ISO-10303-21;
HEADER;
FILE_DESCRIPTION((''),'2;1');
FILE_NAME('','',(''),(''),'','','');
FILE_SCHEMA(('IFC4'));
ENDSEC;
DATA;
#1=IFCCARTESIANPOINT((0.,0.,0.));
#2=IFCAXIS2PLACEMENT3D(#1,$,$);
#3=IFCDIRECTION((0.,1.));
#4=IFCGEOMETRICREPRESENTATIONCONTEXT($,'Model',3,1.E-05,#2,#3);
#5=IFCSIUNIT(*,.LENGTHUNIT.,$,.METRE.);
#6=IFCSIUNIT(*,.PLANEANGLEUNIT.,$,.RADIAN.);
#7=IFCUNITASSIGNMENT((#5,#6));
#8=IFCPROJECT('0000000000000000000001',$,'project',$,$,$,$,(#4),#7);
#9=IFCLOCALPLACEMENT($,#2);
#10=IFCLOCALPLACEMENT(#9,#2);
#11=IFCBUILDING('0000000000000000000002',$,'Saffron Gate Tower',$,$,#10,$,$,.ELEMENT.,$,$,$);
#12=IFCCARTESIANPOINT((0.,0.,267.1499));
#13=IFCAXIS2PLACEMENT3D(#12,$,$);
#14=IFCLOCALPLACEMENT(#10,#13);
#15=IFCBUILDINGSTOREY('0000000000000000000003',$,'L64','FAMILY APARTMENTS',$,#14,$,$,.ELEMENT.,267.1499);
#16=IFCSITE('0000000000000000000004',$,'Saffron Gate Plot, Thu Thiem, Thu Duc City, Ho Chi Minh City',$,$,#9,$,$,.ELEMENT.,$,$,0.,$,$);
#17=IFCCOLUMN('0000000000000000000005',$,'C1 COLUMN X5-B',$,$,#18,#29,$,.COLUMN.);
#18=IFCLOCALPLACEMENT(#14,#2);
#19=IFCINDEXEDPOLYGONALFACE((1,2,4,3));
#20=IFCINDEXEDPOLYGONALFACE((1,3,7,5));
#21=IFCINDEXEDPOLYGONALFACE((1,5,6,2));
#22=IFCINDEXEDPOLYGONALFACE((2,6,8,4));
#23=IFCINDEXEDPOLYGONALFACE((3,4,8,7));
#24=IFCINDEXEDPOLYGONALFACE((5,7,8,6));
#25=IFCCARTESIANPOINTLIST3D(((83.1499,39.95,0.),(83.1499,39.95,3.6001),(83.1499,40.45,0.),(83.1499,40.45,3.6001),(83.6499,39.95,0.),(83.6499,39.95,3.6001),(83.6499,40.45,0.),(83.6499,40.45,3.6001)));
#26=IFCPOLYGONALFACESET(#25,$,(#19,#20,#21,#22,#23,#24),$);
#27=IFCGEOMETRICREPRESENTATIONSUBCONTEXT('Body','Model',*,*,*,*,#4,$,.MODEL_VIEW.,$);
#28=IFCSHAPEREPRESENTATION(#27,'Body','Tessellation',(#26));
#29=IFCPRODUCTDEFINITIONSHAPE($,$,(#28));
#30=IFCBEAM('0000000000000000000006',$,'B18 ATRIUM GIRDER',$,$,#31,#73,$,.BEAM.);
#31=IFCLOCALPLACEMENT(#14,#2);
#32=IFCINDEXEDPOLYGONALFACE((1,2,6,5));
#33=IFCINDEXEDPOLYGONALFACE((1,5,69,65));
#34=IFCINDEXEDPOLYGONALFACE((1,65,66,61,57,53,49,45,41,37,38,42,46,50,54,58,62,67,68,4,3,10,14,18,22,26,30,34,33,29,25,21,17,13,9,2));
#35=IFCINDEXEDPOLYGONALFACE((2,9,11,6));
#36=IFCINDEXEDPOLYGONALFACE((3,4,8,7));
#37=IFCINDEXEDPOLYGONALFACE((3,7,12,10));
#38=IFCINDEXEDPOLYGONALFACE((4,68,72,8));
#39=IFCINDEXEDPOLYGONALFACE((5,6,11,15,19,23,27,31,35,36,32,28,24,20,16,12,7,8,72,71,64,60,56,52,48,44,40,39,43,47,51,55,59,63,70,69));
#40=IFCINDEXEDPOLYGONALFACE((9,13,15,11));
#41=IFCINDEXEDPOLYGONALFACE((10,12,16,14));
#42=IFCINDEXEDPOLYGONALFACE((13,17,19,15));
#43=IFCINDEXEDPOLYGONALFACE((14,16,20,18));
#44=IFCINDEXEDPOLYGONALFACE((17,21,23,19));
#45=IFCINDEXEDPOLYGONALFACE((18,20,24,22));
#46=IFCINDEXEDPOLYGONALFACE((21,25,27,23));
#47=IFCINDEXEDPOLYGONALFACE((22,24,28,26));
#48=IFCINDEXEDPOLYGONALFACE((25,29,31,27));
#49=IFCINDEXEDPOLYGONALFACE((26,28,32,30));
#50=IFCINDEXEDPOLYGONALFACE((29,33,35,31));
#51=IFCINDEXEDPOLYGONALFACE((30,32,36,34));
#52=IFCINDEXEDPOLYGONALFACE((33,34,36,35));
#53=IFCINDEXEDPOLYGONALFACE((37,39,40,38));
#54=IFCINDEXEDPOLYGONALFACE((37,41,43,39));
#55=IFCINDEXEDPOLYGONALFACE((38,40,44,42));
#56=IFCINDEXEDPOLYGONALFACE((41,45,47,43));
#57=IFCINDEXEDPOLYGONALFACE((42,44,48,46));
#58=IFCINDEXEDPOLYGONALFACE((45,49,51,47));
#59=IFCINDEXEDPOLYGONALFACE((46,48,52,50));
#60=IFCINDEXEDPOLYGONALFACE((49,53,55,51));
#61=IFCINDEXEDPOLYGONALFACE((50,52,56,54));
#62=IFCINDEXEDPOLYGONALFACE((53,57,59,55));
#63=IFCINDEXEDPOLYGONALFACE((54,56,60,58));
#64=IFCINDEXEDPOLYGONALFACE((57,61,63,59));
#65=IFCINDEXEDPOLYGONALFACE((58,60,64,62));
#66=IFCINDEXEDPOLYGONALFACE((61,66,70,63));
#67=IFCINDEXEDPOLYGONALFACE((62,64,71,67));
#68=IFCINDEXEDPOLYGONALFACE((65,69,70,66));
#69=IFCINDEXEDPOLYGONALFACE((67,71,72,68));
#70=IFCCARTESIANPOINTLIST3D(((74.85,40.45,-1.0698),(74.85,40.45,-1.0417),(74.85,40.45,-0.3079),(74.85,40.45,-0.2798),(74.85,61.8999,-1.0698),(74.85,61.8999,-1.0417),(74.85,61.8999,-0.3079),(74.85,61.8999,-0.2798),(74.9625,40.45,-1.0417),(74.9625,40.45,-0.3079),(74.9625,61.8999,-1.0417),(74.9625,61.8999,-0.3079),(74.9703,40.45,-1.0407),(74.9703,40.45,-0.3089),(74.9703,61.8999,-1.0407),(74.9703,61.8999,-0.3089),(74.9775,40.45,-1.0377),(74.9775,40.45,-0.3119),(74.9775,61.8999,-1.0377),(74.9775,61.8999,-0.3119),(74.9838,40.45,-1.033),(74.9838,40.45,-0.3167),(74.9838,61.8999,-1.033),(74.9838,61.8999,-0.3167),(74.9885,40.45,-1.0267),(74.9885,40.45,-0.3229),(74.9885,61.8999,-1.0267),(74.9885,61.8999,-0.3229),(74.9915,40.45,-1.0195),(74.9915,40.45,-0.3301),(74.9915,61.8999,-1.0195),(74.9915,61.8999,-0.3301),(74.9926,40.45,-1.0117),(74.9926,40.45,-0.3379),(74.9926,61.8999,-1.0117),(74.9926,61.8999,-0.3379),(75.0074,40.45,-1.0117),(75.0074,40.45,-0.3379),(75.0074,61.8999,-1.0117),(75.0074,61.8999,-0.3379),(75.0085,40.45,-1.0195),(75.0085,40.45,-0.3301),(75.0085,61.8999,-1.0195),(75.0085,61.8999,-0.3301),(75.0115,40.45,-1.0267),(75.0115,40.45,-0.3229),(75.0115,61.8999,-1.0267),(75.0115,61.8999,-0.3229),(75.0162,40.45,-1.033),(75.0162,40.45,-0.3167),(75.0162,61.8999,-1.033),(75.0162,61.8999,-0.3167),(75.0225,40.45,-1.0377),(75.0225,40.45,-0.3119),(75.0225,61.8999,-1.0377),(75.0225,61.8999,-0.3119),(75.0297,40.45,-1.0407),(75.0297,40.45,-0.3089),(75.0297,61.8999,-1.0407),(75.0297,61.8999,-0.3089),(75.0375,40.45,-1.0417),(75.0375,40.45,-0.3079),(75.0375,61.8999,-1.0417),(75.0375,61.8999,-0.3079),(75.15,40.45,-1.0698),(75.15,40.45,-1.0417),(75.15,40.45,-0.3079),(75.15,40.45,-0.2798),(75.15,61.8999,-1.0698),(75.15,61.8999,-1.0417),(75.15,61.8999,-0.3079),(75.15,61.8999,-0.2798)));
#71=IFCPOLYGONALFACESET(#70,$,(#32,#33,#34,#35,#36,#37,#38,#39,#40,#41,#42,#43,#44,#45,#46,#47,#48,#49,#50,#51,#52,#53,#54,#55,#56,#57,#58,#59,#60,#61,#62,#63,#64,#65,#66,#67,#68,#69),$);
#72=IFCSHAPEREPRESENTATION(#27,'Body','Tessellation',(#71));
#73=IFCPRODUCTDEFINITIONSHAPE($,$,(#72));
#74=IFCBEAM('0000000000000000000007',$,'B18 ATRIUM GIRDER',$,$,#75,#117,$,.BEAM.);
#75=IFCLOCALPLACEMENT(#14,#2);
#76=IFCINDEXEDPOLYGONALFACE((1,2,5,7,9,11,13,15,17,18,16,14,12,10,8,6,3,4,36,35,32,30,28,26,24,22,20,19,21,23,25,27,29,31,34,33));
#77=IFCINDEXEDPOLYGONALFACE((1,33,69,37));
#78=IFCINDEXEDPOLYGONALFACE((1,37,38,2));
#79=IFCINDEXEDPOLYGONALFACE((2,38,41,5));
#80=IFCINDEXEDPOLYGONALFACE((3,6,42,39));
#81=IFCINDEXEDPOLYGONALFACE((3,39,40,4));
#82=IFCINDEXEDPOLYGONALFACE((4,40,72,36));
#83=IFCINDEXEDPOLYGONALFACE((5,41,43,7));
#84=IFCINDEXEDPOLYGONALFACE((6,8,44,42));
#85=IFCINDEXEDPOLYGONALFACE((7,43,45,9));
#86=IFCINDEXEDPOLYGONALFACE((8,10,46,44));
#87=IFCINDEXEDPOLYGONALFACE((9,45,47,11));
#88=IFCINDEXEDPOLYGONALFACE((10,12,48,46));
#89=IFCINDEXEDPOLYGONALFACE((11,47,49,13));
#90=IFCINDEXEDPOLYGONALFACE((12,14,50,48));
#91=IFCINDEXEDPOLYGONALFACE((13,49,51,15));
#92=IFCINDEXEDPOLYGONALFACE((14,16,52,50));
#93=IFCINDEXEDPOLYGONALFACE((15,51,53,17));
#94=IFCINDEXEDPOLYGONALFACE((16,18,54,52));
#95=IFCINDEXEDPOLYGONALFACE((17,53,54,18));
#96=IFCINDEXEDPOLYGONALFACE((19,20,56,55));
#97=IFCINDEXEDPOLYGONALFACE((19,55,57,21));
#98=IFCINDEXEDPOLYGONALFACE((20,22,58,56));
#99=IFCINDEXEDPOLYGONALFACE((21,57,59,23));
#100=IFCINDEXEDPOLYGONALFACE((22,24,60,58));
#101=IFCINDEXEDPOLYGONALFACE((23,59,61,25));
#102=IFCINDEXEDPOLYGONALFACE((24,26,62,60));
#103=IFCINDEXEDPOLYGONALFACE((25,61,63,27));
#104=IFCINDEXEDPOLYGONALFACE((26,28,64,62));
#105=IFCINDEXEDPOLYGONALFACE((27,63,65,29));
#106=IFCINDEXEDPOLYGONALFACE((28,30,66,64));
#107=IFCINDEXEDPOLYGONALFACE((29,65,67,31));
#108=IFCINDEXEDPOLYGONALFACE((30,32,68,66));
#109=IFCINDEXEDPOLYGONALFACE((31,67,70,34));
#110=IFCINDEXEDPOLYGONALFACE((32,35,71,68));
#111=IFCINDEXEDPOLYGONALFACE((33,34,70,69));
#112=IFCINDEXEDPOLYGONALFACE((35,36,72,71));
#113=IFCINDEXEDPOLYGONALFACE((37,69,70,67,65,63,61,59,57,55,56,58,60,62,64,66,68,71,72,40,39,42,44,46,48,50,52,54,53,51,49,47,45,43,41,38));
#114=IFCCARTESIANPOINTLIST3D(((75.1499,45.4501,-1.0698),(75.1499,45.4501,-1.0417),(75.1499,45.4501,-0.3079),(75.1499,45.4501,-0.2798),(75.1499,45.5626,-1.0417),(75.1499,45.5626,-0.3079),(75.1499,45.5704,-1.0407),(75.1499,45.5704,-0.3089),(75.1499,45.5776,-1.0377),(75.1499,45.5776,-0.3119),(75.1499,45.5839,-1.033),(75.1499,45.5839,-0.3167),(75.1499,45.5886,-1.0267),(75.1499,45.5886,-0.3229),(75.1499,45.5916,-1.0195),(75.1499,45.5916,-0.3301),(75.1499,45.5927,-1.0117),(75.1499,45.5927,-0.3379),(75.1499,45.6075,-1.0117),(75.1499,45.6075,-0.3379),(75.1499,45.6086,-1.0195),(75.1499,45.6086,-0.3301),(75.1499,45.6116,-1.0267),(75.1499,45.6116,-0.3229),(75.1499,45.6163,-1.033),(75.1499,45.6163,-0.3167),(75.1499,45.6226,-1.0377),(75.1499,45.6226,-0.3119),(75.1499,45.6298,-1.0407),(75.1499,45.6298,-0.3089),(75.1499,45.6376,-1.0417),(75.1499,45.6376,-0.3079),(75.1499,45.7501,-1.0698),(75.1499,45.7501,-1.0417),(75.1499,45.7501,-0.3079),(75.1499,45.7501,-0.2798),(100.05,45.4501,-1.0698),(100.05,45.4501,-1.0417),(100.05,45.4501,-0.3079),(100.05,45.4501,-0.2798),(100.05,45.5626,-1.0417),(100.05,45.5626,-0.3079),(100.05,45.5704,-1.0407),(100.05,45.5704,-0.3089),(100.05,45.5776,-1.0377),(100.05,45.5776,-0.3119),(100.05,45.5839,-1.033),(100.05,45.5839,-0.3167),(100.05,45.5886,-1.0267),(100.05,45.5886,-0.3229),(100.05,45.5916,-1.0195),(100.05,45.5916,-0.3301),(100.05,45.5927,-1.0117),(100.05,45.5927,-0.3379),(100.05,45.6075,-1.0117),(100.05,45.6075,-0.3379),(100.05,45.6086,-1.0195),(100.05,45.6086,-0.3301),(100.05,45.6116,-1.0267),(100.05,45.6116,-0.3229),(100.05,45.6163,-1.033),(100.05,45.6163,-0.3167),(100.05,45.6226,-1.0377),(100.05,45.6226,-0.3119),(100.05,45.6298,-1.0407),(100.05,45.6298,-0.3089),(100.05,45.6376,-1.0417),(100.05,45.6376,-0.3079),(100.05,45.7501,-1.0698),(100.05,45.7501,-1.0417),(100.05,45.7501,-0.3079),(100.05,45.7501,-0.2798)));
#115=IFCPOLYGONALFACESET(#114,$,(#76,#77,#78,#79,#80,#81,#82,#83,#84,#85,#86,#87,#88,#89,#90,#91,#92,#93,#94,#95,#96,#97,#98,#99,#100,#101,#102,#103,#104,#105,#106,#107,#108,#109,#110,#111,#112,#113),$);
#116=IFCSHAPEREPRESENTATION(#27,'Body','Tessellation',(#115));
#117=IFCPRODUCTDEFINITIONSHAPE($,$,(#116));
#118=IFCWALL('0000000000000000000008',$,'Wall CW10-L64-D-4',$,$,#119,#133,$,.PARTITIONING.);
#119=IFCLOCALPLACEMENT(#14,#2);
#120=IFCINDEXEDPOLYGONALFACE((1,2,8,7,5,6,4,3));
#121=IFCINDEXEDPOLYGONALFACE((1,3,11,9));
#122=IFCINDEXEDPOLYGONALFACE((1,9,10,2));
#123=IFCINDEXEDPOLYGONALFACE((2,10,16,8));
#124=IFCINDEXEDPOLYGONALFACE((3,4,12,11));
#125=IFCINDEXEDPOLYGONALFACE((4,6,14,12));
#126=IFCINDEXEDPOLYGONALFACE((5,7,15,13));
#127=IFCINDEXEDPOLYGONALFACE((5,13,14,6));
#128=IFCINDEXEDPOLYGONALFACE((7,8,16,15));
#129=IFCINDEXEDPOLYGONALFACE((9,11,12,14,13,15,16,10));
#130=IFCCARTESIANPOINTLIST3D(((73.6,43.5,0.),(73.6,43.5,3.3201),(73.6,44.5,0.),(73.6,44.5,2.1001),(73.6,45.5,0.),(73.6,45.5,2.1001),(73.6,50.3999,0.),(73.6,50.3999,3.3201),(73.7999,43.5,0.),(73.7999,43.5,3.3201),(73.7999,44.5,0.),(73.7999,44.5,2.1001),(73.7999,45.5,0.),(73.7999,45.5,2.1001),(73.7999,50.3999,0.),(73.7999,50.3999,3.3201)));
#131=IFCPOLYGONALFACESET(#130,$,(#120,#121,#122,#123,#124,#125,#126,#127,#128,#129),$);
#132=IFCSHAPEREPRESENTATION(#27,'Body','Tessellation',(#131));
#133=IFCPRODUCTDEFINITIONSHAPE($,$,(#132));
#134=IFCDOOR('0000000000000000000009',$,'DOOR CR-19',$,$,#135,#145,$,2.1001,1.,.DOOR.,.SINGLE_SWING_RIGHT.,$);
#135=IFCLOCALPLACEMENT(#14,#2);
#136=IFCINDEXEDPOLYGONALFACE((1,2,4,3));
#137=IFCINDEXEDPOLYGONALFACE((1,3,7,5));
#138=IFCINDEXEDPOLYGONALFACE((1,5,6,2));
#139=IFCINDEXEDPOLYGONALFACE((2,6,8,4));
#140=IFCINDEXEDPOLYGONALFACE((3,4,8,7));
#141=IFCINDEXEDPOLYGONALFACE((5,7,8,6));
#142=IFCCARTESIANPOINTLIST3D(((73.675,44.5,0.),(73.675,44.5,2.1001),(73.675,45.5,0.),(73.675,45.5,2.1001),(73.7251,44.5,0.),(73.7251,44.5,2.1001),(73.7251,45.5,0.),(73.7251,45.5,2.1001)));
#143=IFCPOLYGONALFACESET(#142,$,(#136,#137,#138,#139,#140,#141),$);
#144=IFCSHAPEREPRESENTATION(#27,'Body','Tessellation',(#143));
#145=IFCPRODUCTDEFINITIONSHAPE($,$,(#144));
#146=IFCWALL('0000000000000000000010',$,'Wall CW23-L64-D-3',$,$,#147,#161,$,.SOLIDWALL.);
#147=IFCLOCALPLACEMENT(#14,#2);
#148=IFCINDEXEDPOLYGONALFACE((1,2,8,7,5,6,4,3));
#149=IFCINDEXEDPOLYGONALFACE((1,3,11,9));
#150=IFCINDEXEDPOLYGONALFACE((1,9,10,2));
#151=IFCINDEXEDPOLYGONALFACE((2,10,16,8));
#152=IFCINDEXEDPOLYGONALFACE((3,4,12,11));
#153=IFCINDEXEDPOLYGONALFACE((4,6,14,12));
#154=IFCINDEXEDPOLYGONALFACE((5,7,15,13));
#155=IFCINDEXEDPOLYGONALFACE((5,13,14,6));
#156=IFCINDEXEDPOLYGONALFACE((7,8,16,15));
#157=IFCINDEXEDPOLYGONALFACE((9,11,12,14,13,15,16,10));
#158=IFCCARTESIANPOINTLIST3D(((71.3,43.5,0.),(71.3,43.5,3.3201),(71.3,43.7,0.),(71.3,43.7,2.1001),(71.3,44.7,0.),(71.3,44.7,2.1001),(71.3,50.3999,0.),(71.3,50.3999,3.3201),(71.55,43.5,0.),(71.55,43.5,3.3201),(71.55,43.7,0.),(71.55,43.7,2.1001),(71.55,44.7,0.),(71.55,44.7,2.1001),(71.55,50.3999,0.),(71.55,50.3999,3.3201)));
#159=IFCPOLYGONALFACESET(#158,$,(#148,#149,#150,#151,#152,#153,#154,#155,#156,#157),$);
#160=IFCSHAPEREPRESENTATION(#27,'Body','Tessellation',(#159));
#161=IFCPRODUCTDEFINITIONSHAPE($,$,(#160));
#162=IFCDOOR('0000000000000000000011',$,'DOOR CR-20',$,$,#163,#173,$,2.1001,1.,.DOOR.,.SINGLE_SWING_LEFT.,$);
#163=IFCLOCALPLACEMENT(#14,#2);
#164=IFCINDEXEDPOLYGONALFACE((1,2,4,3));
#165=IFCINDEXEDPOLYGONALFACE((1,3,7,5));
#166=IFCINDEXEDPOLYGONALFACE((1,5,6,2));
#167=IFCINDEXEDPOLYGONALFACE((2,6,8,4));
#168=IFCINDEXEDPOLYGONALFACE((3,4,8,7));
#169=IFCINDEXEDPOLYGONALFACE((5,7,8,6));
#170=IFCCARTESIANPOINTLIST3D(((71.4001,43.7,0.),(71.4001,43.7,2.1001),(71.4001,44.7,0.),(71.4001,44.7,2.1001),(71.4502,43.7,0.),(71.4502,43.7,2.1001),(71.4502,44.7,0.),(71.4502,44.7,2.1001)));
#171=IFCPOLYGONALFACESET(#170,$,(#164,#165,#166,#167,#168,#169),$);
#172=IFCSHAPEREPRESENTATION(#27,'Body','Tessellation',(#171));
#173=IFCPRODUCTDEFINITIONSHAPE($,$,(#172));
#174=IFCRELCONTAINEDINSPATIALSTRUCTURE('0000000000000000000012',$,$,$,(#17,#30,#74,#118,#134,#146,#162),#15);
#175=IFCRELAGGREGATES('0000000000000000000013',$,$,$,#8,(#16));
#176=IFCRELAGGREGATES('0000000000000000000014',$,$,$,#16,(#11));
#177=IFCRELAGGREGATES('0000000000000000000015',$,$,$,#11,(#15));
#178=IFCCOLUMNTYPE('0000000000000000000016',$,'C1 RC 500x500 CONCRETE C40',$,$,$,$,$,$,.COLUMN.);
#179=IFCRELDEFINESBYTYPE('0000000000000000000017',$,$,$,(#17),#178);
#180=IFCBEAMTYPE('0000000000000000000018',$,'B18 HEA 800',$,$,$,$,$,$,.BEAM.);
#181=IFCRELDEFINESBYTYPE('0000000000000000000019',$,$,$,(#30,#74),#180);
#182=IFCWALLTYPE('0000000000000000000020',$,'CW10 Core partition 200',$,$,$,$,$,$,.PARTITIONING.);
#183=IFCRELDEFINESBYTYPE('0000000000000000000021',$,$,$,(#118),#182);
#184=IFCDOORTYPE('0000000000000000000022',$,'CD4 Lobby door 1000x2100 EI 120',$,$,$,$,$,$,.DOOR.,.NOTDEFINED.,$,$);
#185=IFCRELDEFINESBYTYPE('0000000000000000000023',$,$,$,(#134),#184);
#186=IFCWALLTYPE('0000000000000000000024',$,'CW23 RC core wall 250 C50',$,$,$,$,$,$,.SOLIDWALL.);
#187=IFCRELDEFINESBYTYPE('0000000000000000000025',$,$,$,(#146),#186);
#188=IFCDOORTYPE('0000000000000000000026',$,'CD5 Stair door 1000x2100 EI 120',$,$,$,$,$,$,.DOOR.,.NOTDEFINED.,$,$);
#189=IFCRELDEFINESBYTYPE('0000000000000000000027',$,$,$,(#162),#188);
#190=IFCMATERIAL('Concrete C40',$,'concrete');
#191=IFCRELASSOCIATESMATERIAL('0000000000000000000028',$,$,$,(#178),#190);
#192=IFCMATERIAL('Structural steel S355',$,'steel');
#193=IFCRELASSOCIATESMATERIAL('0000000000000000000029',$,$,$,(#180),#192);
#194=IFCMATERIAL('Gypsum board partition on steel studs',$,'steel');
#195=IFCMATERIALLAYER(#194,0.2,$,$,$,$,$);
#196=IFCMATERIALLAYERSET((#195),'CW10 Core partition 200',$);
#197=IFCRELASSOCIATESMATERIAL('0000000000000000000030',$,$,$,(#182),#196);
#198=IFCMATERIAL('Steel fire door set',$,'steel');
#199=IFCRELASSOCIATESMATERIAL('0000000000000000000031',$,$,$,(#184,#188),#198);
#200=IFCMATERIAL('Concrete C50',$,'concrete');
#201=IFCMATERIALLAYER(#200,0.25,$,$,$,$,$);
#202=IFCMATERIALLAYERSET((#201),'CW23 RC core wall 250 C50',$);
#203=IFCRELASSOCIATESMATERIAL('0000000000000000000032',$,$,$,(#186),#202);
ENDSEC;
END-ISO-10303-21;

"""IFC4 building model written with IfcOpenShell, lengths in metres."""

from ifc_helpers import new_model, si_unit, direction, frame, frame_2d, origin, origin_2d, place, context, subcontext, project, spatial, rectangle, i_section, extrude, material, layer, layer_set, material_profile, profile_set, type_object, element, fill, save


model = new_model("IFC4")

# Units and contexts
model_context = context("Model", 3, precision=1e-05, world=origin(), true_north=direction((0.0, 1.0)))
body_context = subcontext(model_context, "Body", "Model", "MODEL_VIEW")
ifc_project = project(units=[si_unit("LENGTHUNIT", "METRE"), si_unit("PLANEANGLEUNIT", "RADIAN")], contexts=[model_context])

# Site, building, storey
site_placement = place(None, origin())
site = spatial("IfcSite", under=ifc_project, at=site_placement, Name="Saffron Gate Plot, Thu Thiem, Thu Duc City, Ho Chi Minh City", CompositionType="ELEMENT", RefElevation=0.0)
building_placement = place(site_placement, origin())
building = spatial("IfcBuilding", under=site, at=building_placement, Name="Saffron Gate Tower", CompositionType="ELEMENT")
storey_placement = place(building_placement, frame((0.0, 0.0, 267.1499)))
storey = spatial("IfcBuildingStorey", under=building, at=storey_placement, Name="L64", Description="FAMILY APARTMENTS", CompositionType="ELEMENT", Elevation=267.1499)

# Column
ifc_material_1 = material(Name="Concrete C40", Category="concrete")
ifc_material_profile_1 = material_profile(ifc_material_1, rectangle(XDim=0.5, YDim=0.5, at=origin_2d()))
ifc_profile_set_1 = profile_set([ifc_material_profile_1], Name="Concrete C40")
column_type = type_object("IfcColumnType", Name="C1 RC 500x500 CONCRETE C40", PredefinedType="COLUMN", material=ifc_profile_set_1)
column_placement = place(storey_placement, frame((83.3999, 40.2, 0.0), z_axis=(0.0, 0.0, 1.0), x_axis=(1.0, 0.0, 0.0)))
element("IfcColumn", 1, at=column_placement, inside=storey, type_object=column_type, Name="C1 COLUMN X5-B", PredefinedType="COLUMN", context=body_context, shape_type="SweptSolid", body=[
    extrude(rectangle(XDim=0.5, YDim=0.5, at=origin_2d()), origin(), (0.0, 0.0, 1.0), 3.6001),
])

# Beams
ifc_material_2 = material(Name="Structural steel S355", Category="steel")
ifc_material_profile_2 = material_profile(ifc_material_2, i_section(OverallWidth=0.3, OverallDepth=0.79, WebThickness=0.0149, FlangeThickness=0.0281, FilletRadius=0.03, at=origin_2d()))
ifc_profile_set_2 = profile_set([ifc_material_profile_2], Name="Structural steel S355")
beam_type = type_object("IfcBeamType", Name="B18 HEA 800", PredefinedType="BEAM", material=ifc_profile_set_2)
beam_1_placement = place(storey_placement, frame((75.0, 40.45, -0.6748), z_axis=(0.0, 1.0, 0.0), x_axis=(-1.0, 0.0, 0.0)))
element("IfcBeam", 2, at=beam_1_placement, inside=storey, type_object=beam_type, Name="B18 ATRIUM GIRDER", PredefinedType="BEAM", context=body_context, shape_type="SweptSolid", body=[
    extrude(i_section(OverallWidth=0.3, OverallDepth=0.79, WebThickness=0.0149, FlangeThickness=0.0281, FilletRadius=0.03, at=origin_2d()), origin(), (0.0, 0.0, 1.0), 21.45),
])
beam_2_placement = place(storey_placement, frame((75.1499, 45.6001, -0.6748), z_axis=(1.0, 0.0, 0.0), x_axis=(0.0, 1.0, 0.0)))
element("IfcBeam", 3, at=beam_2_placement, inside=storey, type_object=beam_type, Name="B18 ATRIUM GIRDER", PredefinedType="BEAM", context=body_context, shape_type="SweptSolid", body=[
    extrude(i_section(OverallWidth=0.3, OverallDepth=0.79, WebThickness=0.0149, FlangeThickness=0.0281, FilletRadius=0.03, at=origin_2d()), origin(), (0.0, 0.0, 1.0), 24.9001),
])

# Walls, openings, doors
ifc_material_3 = material(Name="Gypsum board partition on steel studs", Category="steel")
ifc_layer_1 = layer(ifc_material_3, 0.2)
ifc_layer_set_1 = layer_set([ifc_layer_1], Name="CW10 Core partition 200")
wall_type_1 = type_object("IfcWallType", Name="CW10 Core partition 200", PredefinedType="PARTITIONING", material=ifc_layer_set_1)
wall_1_placement = place(storey_placement, frame((73.7, 43.5, 0.0), z_axis=(0.0, 0.0, 1.0), x_axis=(0.0, 1.0, 0.0)))
wall_1 = element("IfcWall", 4, at=wall_1_placement, inside=storey, type_object=wall_type_1, Name="Wall CW10-L64-D-4", PredefinedType="PARTITIONING", context=body_context, shape_type="SweptSolid", body=[
    extrude(rectangle(XDim=6.8999, YDim=0.2, at=frame_2d((3.45, 0.0))), origin(), (0.0, 0.0, 1.0), 3.3201),
])
opening_1_placement = place(wall_1_placement, frame((1.0, 0.0, 0.0)))
opening_1 = element("IfcOpeningElement", 5, at=opening_1_placement, cuts=wall_1, PredefinedType="OPENING", context=body_context, shape_type="SweptSolid", body=[
    extrude(rectangle(XDim=1.0, YDim=2.1001, at=frame_2d((0.5, 1.05))), frame((0.0, 0.1099, 0.0), z_axis=(0.0, -1.0, 0.0), x_axis=(1.0, 0.0, 0.0)), (0.0, 0.0, 1.0), 0.22),
])
ifc_material_4 = material(Name="Steel fire door set", Category="steel")
door_type_1 = type_object("IfcDoorType", Name="CD4 Lobby door 1000x2100 EI 120", OperationType="NOTDEFINED", PredefinedType="DOOR", material=ifc_material_4)
door_1_placement = place(opening_1_placement, origin())
door_1 = element("IfcDoor", 6, at=door_1_placement, inside=storey, type_object=door_type_1, Name="DOOR CR-19", OperationType="SINGLE_SWING_RIGHT", OverallHeight=2.1001, OverallWidth=1.0, PredefinedType="DOOR", context=body_context, shape_type="SweptSolid", body=[
    extrude(rectangle(XDim=1.0, YDim=2.1001, at=frame_2d((0.5, 1.05))), frame((0.0, 0.0249, 0.0), z_axis=(0.0, -1.0, 0.0), x_axis=(1.0, 0.0, 0.0)), (0.0, 0.0, 1.0), 0.05),
])
fill(opening_1, door_1)
ifc_material_5 = material(Name="Concrete C50", Category="concrete")
ifc_layer_2 = layer(ifc_material_5, 0.25)
ifc_layer_set_2 = layer_set([ifc_layer_2], Name="CW23 RC core wall 250 C50")
wall_type_2 = type_object("IfcWallType", Name="CW23 RC core wall 250 C50", PredefinedType="SOLIDWALL", material=ifc_layer_set_2)
wall_2_placement = place(storey_placement, frame((71.425, 43.5, 0.0), z_axis=(0.0, 0.0, 1.0), x_axis=(0.0, 1.0, 0.0)))
wall_2 = element("IfcWall", 7, at=wall_2_placement, inside=storey, type_object=wall_type_2, Name="Wall CW23-L64-D-3", PredefinedType="SOLIDWALL", context=body_context, shape_type="SweptSolid", body=[
    extrude(rectangle(XDim=6.8999, YDim=0.25, at=frame_2d((3.45, 0.0))), origin(), (0.0, 0.0, 1.0), 3.3201),
])
opening_2_placement = place(wall_2_placement, frame((0.2, 0.0, 0.0)))
opening_2 = element("IfcOpeningElement", 8, at=opening_2_placement, cuts=wall_2, PredefinedType="OPENING", context=body_context, shape_type="SweptSolid", body=[
    extrude(rectangle(XDim=1.0, YDim=2.1001, at=frame_2d((0.5, 1.05))), frame((0.0, 0.135, 0.0), z_axis=(0.0, -1.0, 0.0), x_axis=(1.0, 0.0, 0.0)), (0.0, 0.0, 1.0), 0.27),
])
door_type_2 = type_object("IfcDoorType", Name="CD5 Stair door 1000x2100 EI 120", OperationType="NOTDEFINED", PredefinedType="DOOR", material=ifc_material_4)
door_2_placement = place(opening_2_placement, origin())
door_2 = element("IfcDoor", 9, at=door_2_placement, inside=storey, type_object=door_type_2, Name="DOOR CR-20", OperationType="SINGLE_SWING_LEFT", OverallHeight=2.1001, OverallWidth=1.0, PredefinedType="DOOR", context=body_context, shape_type="SweptSolid", body=[
    extrude(rectangle(XDim=1.0, YDim=2.1001, at=frame_2d((0.5, 1.05))), frame((0.0, 0.0249, 0.0), z_axis=(0.0, -1.0, 0.0), x_axis=(1.0, 0.0, 0.0)), (0.0, 0.0, 1.0), 0.05),
])
fill(opening_2, door_2)

save(model, "model.ifc")
